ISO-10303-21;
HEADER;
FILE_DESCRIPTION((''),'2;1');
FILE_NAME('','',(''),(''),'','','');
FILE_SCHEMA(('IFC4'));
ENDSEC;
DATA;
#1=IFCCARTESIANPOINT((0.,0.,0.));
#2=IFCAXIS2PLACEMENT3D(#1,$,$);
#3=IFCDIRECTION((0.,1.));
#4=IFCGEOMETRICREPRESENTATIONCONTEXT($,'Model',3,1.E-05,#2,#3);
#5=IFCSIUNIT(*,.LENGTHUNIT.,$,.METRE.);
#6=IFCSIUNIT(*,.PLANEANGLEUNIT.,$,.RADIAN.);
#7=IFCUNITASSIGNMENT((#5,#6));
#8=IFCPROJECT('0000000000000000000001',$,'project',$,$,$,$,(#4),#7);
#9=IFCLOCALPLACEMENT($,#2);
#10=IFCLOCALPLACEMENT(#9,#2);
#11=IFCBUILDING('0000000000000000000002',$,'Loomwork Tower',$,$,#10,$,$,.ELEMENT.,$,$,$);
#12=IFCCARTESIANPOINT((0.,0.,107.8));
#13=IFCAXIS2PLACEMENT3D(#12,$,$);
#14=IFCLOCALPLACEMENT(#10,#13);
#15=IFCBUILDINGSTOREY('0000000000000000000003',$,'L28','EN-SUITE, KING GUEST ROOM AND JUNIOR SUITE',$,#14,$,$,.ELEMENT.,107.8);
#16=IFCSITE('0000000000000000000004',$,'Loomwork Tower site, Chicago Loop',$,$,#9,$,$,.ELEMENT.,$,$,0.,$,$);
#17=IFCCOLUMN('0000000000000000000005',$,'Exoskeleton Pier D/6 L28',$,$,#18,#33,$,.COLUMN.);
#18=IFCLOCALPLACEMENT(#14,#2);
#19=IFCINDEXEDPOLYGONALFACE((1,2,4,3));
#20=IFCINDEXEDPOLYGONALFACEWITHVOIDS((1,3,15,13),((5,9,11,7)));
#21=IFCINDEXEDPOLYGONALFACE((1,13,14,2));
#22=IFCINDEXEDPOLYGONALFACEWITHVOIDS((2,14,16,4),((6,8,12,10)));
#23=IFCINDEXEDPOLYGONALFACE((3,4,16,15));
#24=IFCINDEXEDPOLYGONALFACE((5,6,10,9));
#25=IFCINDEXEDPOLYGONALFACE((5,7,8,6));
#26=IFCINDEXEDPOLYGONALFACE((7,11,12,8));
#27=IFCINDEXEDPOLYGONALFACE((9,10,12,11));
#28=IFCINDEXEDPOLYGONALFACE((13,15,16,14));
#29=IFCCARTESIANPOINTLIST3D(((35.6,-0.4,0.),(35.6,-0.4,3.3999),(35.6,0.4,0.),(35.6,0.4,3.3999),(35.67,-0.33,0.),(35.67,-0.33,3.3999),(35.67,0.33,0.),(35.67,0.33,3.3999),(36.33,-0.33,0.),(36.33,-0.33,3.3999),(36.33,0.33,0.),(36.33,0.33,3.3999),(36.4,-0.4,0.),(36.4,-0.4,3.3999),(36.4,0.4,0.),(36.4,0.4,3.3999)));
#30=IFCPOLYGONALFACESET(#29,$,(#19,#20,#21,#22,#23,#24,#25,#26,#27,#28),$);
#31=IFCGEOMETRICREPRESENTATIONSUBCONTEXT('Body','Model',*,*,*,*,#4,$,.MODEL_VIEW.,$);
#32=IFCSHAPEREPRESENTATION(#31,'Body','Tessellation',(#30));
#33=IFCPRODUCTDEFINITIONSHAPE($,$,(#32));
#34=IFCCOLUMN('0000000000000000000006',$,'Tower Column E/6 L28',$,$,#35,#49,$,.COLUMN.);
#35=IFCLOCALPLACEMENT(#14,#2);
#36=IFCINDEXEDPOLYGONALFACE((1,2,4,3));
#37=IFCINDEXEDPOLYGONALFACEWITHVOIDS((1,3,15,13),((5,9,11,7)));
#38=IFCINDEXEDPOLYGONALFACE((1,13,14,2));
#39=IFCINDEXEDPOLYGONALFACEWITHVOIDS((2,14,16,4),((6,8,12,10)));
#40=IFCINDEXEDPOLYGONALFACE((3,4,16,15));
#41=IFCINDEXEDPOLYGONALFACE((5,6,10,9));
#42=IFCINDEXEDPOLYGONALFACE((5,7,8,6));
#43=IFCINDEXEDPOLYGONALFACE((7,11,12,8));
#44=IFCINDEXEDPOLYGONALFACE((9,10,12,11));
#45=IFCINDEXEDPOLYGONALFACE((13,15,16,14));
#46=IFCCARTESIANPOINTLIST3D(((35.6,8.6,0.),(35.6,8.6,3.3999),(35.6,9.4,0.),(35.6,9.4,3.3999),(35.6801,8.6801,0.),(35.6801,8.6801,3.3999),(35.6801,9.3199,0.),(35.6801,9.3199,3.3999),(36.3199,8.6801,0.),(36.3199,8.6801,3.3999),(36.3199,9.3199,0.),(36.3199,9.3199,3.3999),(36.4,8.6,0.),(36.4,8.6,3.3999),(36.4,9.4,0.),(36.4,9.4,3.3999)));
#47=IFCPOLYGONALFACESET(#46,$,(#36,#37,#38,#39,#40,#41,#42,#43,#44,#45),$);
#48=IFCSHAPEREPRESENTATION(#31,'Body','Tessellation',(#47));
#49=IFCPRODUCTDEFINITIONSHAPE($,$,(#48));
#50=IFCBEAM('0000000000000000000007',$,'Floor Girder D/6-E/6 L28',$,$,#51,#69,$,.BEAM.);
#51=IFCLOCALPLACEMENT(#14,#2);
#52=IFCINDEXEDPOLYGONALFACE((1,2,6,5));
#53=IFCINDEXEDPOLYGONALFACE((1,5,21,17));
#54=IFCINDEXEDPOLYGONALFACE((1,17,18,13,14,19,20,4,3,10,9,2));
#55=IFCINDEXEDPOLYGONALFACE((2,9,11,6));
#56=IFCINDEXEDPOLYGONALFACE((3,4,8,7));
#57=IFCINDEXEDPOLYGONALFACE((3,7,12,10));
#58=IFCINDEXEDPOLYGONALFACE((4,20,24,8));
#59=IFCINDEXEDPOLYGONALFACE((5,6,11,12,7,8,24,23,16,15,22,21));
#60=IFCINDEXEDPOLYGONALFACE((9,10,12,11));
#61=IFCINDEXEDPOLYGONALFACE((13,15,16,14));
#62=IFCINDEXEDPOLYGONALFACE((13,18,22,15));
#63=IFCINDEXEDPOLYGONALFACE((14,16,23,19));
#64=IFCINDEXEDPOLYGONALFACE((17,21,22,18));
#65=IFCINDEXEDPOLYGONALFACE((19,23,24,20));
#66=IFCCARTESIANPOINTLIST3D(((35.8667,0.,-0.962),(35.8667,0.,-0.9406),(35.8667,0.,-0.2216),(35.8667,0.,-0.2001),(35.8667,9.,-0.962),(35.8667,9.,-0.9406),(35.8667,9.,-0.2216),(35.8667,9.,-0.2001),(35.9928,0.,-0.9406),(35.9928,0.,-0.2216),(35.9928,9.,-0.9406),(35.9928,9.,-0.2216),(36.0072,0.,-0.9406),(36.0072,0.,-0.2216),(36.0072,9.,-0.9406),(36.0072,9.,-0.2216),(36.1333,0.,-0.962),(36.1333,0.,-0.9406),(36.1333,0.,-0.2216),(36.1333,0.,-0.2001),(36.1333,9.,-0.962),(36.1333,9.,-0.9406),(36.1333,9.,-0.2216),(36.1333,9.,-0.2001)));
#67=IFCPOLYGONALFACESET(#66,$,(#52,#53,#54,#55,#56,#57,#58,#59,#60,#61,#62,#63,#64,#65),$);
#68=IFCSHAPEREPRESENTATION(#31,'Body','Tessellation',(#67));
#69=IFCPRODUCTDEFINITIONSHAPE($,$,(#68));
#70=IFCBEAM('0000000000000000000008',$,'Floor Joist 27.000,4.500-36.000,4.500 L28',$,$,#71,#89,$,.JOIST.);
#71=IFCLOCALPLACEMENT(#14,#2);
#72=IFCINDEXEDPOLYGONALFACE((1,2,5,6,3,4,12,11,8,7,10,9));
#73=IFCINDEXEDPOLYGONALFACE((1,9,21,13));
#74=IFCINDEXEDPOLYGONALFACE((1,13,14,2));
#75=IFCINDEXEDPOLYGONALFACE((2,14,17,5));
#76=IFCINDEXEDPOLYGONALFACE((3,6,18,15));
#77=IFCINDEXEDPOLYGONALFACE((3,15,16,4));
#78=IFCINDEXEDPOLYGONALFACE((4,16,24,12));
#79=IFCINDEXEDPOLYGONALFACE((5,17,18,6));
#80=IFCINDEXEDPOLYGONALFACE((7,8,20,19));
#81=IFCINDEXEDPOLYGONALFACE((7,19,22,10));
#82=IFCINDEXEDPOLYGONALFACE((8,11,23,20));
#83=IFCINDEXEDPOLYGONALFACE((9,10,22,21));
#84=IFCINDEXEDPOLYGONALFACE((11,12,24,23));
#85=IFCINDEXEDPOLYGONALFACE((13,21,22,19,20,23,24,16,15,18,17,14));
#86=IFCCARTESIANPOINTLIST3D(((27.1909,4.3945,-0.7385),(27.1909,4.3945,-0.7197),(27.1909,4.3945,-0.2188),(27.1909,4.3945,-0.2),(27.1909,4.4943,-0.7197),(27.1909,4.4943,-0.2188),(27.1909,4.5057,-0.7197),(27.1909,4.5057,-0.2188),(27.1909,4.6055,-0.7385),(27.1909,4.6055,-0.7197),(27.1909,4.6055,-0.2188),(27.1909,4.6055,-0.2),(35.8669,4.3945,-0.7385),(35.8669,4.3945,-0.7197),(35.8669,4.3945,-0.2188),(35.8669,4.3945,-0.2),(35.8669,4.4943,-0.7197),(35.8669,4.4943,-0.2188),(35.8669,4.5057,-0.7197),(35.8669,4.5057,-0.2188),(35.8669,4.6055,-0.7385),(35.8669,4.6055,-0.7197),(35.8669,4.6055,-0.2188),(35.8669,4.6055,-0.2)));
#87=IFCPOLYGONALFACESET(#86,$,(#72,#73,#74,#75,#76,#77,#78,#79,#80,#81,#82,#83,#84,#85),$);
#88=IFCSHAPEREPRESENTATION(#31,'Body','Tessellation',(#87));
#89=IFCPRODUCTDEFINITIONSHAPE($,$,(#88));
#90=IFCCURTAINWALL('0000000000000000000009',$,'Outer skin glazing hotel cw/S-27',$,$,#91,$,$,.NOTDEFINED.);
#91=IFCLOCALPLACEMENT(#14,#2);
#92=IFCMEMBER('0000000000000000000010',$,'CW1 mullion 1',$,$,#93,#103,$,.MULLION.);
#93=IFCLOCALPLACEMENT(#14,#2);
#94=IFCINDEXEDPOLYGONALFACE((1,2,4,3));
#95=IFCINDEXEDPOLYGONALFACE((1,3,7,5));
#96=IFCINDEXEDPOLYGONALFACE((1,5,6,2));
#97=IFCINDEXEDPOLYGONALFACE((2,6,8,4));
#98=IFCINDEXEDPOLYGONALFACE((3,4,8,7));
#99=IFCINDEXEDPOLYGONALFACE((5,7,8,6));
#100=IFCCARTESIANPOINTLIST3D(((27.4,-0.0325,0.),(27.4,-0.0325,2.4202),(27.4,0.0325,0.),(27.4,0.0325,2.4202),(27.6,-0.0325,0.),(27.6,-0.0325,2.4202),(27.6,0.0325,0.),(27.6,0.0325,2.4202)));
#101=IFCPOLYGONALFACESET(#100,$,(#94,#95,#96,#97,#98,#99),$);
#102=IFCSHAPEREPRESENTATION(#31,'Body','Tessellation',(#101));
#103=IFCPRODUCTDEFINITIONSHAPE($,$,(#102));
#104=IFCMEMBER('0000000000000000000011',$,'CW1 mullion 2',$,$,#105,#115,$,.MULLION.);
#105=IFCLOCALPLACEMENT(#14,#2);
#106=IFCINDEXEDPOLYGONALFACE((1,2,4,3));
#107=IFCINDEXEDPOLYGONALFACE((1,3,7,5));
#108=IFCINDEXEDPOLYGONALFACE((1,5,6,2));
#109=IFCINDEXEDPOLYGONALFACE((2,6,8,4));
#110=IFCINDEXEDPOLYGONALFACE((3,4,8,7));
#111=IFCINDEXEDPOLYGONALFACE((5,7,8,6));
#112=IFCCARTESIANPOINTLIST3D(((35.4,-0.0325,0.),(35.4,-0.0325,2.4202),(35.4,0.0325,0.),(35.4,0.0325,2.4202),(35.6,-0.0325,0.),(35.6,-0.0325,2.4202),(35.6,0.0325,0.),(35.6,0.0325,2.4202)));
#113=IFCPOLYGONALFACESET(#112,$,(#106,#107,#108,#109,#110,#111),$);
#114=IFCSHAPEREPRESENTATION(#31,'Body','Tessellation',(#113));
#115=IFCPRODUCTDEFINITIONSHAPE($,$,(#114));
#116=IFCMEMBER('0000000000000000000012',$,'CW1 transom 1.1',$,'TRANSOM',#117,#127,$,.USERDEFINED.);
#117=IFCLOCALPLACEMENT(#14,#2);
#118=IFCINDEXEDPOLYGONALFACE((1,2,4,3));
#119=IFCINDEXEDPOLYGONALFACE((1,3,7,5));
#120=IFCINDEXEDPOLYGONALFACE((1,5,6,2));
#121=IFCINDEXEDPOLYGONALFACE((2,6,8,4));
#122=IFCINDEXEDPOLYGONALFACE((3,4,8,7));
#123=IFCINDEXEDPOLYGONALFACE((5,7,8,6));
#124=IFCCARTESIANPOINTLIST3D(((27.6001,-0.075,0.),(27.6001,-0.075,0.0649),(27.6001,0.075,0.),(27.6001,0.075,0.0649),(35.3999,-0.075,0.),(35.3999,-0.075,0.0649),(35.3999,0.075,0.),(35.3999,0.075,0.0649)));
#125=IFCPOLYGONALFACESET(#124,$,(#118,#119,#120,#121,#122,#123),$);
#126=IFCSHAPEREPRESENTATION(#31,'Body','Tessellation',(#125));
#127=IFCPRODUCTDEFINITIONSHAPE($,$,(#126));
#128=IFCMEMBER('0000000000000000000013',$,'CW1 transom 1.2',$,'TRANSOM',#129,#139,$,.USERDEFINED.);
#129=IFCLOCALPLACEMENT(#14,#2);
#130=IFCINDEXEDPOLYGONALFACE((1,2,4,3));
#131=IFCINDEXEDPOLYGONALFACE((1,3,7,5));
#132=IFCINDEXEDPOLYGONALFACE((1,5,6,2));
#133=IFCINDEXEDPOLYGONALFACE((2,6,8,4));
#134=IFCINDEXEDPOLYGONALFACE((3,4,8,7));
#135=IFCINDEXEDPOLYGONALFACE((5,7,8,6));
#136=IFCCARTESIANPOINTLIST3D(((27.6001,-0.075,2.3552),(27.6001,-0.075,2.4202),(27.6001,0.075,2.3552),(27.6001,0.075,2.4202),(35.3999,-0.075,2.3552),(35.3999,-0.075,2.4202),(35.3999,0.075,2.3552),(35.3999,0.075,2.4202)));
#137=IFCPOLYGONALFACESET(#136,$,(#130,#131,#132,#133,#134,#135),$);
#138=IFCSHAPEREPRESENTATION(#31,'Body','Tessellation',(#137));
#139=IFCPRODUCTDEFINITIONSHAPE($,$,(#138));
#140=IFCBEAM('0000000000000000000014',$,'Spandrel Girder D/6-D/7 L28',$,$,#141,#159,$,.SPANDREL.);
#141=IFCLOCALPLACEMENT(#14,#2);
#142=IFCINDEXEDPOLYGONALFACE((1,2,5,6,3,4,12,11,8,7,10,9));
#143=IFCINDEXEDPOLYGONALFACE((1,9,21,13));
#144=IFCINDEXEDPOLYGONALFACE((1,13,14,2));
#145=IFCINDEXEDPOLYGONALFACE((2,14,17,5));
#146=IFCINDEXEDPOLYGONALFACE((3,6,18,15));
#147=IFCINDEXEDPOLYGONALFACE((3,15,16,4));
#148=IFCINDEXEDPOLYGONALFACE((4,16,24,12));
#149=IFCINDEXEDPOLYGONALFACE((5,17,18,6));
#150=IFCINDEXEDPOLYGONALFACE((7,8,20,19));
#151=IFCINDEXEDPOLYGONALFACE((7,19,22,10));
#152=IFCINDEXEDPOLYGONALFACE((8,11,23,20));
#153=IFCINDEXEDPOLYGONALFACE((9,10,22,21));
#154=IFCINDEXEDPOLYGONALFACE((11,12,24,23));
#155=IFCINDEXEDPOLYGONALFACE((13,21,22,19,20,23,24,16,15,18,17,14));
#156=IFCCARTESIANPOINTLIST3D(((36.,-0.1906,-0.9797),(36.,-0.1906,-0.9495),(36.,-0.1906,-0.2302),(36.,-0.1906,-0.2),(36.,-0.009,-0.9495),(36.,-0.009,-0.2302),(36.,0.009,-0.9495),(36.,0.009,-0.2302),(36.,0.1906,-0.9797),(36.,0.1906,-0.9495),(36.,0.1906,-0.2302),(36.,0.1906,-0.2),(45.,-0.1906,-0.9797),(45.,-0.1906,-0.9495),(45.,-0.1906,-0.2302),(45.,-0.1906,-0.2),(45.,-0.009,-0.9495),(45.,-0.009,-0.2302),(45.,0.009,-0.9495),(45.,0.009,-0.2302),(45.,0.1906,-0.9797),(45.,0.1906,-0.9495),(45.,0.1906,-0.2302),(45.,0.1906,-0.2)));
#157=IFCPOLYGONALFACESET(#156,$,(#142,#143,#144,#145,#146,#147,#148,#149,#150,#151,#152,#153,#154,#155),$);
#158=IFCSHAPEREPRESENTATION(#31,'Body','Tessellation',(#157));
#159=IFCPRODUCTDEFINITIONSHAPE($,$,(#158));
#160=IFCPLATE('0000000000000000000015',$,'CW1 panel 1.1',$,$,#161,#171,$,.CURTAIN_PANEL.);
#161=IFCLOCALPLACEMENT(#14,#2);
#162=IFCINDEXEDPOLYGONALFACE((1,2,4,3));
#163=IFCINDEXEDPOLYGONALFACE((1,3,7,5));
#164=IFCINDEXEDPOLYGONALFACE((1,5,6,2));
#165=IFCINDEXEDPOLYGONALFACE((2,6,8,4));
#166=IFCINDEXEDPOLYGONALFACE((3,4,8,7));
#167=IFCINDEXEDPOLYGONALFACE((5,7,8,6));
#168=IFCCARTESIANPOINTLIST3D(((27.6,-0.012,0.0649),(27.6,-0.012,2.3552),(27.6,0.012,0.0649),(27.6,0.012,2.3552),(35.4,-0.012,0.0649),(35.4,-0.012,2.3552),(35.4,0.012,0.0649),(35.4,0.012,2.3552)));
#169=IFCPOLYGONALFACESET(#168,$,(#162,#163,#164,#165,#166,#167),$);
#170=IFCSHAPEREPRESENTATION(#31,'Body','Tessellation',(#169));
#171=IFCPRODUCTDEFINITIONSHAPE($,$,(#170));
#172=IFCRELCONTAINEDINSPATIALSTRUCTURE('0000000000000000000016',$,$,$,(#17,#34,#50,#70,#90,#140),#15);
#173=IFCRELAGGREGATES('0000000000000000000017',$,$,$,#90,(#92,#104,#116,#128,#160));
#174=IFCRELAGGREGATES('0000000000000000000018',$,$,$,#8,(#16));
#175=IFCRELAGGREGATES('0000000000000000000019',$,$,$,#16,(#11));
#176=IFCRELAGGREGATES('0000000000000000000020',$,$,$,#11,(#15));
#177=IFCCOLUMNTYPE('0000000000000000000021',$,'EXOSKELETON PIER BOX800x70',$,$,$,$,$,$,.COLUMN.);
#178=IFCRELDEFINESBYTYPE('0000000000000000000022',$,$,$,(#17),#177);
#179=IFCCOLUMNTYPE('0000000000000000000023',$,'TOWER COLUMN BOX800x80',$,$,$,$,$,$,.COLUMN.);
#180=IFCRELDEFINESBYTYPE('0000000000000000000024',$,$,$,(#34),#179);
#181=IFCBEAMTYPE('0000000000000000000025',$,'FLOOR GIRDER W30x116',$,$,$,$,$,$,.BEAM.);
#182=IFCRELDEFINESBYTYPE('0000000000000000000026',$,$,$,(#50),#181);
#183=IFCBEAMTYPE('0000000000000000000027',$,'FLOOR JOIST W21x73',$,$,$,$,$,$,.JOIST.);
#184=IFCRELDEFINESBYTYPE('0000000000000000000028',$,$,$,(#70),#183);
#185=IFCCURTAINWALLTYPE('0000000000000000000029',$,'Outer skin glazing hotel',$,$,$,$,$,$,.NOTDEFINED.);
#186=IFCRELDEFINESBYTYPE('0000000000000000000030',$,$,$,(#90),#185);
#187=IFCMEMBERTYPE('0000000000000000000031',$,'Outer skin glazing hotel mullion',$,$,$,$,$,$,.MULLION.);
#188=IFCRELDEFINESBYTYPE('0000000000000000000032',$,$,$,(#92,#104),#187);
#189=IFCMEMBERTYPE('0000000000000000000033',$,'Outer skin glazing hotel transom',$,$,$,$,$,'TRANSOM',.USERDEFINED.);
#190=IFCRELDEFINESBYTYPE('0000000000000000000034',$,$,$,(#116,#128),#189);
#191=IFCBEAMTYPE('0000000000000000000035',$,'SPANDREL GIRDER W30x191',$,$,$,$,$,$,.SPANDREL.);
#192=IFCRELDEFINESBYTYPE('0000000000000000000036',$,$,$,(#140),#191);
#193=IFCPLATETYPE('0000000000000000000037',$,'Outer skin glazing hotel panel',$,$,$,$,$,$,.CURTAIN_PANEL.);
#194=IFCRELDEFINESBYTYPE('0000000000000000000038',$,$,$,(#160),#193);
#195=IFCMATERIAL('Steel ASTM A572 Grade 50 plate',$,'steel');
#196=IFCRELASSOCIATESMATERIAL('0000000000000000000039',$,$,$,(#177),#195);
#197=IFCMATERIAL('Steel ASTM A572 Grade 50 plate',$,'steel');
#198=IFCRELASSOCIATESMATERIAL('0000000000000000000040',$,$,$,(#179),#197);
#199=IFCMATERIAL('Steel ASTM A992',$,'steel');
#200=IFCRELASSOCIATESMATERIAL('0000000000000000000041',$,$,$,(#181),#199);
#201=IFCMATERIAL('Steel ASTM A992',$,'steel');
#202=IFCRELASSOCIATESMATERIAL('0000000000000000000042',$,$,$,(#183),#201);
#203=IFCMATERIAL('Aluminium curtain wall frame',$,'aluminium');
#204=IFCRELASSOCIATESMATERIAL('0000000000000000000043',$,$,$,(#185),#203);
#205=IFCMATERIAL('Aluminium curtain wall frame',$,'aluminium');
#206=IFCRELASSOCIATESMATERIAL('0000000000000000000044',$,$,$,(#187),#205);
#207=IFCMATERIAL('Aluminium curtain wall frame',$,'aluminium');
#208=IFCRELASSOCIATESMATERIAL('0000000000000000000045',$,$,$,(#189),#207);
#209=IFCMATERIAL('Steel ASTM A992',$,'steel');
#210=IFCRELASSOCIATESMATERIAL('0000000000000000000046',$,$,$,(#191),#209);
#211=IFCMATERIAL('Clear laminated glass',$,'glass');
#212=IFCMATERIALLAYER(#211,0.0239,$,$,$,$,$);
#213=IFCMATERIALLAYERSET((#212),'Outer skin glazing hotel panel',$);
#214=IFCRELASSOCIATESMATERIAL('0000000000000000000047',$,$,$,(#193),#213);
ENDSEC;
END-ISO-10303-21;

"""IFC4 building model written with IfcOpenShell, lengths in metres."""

from ifc_helpers import new_model, si_unit, direction, frame, origin, origin_2d, place, context, subcontext, project, spatial, rectangle, hollow_rectangle, i_section, extrude, material, layer, layer_set, material_profile, profile_set, type_object, element, aggregate, save


model = new_model("IFC4")

# Units and contexts
model_context = context("Model", 3, precision=1e-05, world=origin(), true_north=direction((0.0, 1.0)))
body_context = subcontext(model_context, "Body", "Model", "MODEL_VIEW")
ifc_project = project(units=[si_unit("LENGTHUNIT", "METRE"), si_unit("PLANEANGLEUNIT", "RADIAN")], contexts=[model_context])

# Site, building, storey
site_placement = place(None, origin())
site = spatial("IfcSite", under=ifc_project, at=site_placement, Name="Loomwork Tower site, Chicago Loop", CompositionType="ELEMENT", RefElevation=0.0)
building_placement = place(site_placement, origin())
building = spatial("IfcBuilding", under=site, at=building_placement, Name="Loomwork Tower", CompositionType="ELEMENT")
storey_placement = place(building_placement, frame((0.0, 0.0, 107.8)))
storey = spatial("IfcBuildingStorey", under=building, at=storey_placement, Name="L28", Description="EN-SUITE, KING GUEST ROOM AND JUNIOR SUITE", CompositionType="ELEMENT", Elevation=107.8)

# Columns
ifc_material_1 = material(Name="Steel ASTM A572 Grade 50 plate", Category="steel")
ifc_material_profile_1 = material_profile(ifc_material_1, hollow_rectangle(XDim=0.8, YDim=0.8, WallThickness=0.0701, at=origin_2d()), Name="BOX800x70")
ifc_profile_set_1 = profile_set([ifc_material_profile_1], Name="Steel ASTM A572 Grade 50 plate")
column_type_1 = type_object("IfcColumnType", Name="EXOSKELETON PIER BOX800x70", PredefinedType="COLUMN", material=ifc_profile_set_1)
column_1_placement = place(storey_placement, frame((36.0, 0.0, 0.0), z_axis=(0.0, 0.0, 1.0), x_axis=(1.0, 0.0, 0.0)))
element("IfcColumn", 1, at=column_1_placement, inside=storey, type_object=column_type_1, Name="Exoskeleton Pier D/6 L28", PredefinedType="COLUMN", context=body_context, shape_type="SweptSolid", body=[
    extrude(hollow_rectangle(XDim=0.8, YDim=0.8, WallThickness=0.0701, at=origin_2d()), origin(), (0.0, 0.0, 1.0), 3.3999),
])
ifc_material_2 = material(Name="Steel ASTM A572 Grade 50 plate", Category="steel")
ifc_material_profile_2 = material_profile(ifc_material_2, hollow_rectangle(XDim=0.8, YDim=0.8, WallThickness=0.0801, at=origin_2d()), Name="BOX800x80")
ifc_profile_set_2 = profile_set([ifc_material_profile_2], Name="Steel ASTM A572 Grade 50 plate")
column_type_2 = type_object("IfcColumnType", Name="TOWER COLUMN BOX800x80", PredefinedType="COLUMN", material=ifc_profile_set_2)
column_2_placement = place(storey_placement, frame((36.0, 9.0, 0.0), z_axis=(0.0, 0.0, 1.0), x_axis=(0.0, 1.0, 0.0)))
element("IfcColumn", 2, at=column_2_placement, inside=storey, type_object=column_type_2, Name="Tower Column E/6 L28", PredefinedType="COLUMN", context=body_context, shape_type="SweptSolid", body=[
    extrude(hollow_rectangle(XDim=0.8, YDim=0.8, WallThickness=0.0801, at=origin_2d()), origin(), (0.0, 0.0, 1.0), 3.3999),
])

# Beams
ifc_material_3 = material(Name="Steel ASTM A992", Category="steel")
ifc_material_profile_3 = material_profile(ifc_material_3, i_section(OverallWidth=0.2666, OverallDepth=0.762, WebThickness=0.0144, FlangeThickness=0.0215, at=origin_2d()), Name="W30x116")
ifc_profile_set_3 = profile_set([ifc_material_profile_3], Name="Steel ASTM A992")
beam_type_1 = type_object("IfcBeamType", Name="FLOOR GIRDER W30x116", PredefinedType="BEAM", material=ifc_profile_set_3)
beam_1_placement = place(storey_placement, frame((36.0, 0.0, -0.5811), z_axis=(0.0, 1.0, 0.0), x_axis=(-1.0, 0.0, 0.0)))
element("IfcBeam", 3, at=beam_1_placement, inside=storey, type_object=beam_type_1, Name="Floor Girder D/6-E/6 L28", PredefinedType="BEAM", context=body_context, shape_type="SweptSolid", body=[
    extrude(i_section(OverallWidth=0.2666, OverallDepth=0.762, WebThickness=0.0144, FlangeThickness=0.0215, at=origin_2d()), origin(), (0.0, 0.0, 1.0), 9.0),
])
ifc_material_4 = material(Name="Steel ASTM A992", Category="steel")
ifc_material_profile_4 = material_profile(ifc_material_4, i_section(OverallWidth=0.2109, OverallDepth=0.5386, WebThickness=0.0115, FlangeThickness=0.0188, at=origin_2d()), Name="W21x73")
ifc_profile_set_4 = profile_set([ifc_material_profile_4], Name="Steel ASTM A992")
beam_type_2 = type_object("IfcBeamType", Name="FLOOR JOIST W21x73", PredefinedType="JOIST", material=ifc_profile_set_4)
beam_2_placement = place(storey_placement, frame((27.1909, 4.5, -0.4692), z_axis=(1.0, 0.0, 0.0), x_axis=(0.0, 1.0, 0.0)))
element("IfcBeam", 4, at=beam_2_placement, inside=storey, type_object=beam_type_2, Name="Floor Joist 27.000,4.500-36.000,4.500 L28", PredefinedType="JOIST", context=body_context, shape_type="SweptSolid", body=[
    extrude(i_section(OverallWidth=0.2109, OverallDepth=0.5386, WebThickness=0.0115, FlangeThickness=0.0188, at=origin_2d()), origin(), (0.0, 0.0, 1.0), 8.676),
])

# Curtain wall, members
ifc_material_5 = material(Name="Aluminium curtain wall frame", Category="aluminium")
curtain_wall_type = type_object("IfcCurtainWallType", Name="Outer skin glazing hotel", PredefinedType="NOTDEFINED", material=ifc_material_5)
curtain_wall_placement = place(storey_placement, origin())
curtain_wall = element("IfcCurtainWall", 5, at=curtain_wall_placement, inside=storey, type_object=curtain_wall_type, Name="Outer skin glazing hotel cw/S-27", PredefinedType="NOTDEFINED")
ifc_material_6 = material(Name="Aluminium curtain wall frame", Category="aluminium")
ifc_material_profile_5 = material_profile(ifc_material_6, rectangle(XDim=0.0649, YDim=0.2, at=origin_2d()), Name="AL 65x200")
ifc_profile_set_5 = profile_set([ifc_material_profile_5], Name="Aluminium curtain wall frame")
member_type_1 = type_object("IfcMemberType", Name="Outer skin glazing hotel mullion", PredefinedType="MULLION", material=ifc_profile_set_5)
member_1_placement = place(storey_placement, frame((27.5, 0.0, 0.0), z_axis=(0.0, 0.0, 1.0), x_axis=(0.0, 1.0, 0.0)))
member_1 = element("IfcMember", 6, at=member_1_placement, type_object=member_type_1, Name="CW1 mullion 1", PredefinedType="MULLION", context=body_context, shape_type="SweptSolid", body=[
    extrude(rectangle(XDim=0.0649, YDim=0.2, at=origin_2d()), origin(), (0.0, 0.0, 1.0), 2.4202),
])
member_2_placement = place(storey_placement, frame((35.5, 0.0, 0.0), z_axis=(0.0, 0.0, 1.0), x_axis=(0.0, 1.0, 0.0)))
member_2 = element("IfcMember", 7, at=member_2_placement, type_object=member_type_1, Name="CW1 mullion 2", PredefinedType="MULLION", context=body_context, shape_type="SweptSolid", body=[
    extrude(rectangle(XDim=0.0649, YDim=0.2, at=origin_2d()), origin(), (0.0, 0.0, 1.0), 2.4202),
])
ifc_material_7 = material(Name="Aluminium curtain wall frame", Category="aluminium")
ifc_material_profile_6 = material_profile(ifc_material_7, rectangle(XDim=0.1499, YDim=0.0649, at=origin_2d()), Name="AL 65x150")
ifc_profile_set_6 = profile_set([ifc_material_profile_6], Name="Aluminium curtain wall frame")
member_type_2 = type_object("IfcMemberType", Name="Outer skin glazing hotel transom", ElementType="TRANSOM", PredefinedType="USERDEFINED", material=ifc_profile_set_6)
member_3_placement = place(storey_placement, frame((27.6001, 0.0, 0.0325), z_axis=(1.0, 0.0, 0.0), x_axis=(0.0, 1.0, 0.0)))
member_3 = element("IfcMember", 8, at=member_3_placement, type_object=member_type_2, Name="CW1 transom 1.1", ObjectType="TRANSOM", PredefinedType="USERDEFINED", context=body_context, shape_type="SweptSolid", body=[
    extrude(rectangle(XDim=0.1499, YDim=0.0649, at=origin_2d()), origin(), (0.0, 0.0, 1.0), 7.7998),
])
member_4_placement = place(storey_placement, frame((27.6001, 0.0, 2.3877), z_axis=(1.0, 0.0, 0.0), x_axis=(0.0, 1.0, 0.0)))
member_4 = element("IfcMember", 9, at=member_4_placement, type_object=member_type_2, Name="CW1 transom 1.2", ObjectType="TRANSOM", PredefinedType="USERDEFINED", context=body_context, shape_type="SweptSolid", body=[
    extrude(rectangle(XDim=0.1499, YDim=0.0649, at=origin_2d()), origin(), (0.0, 0.0, 1.0), 7.7998),
])

# Beam
ifc_material_8 = material(Name="Steel ASTM A992", Category="steel")
ifc_material_profile_7 = material_profile(ifc_material_8, i_section(OverallWidth=0.3811, OverallDepth=0.7798, WebThickness=0.0181, FlangeThickness=0.0303, at=origin_2d()), Name="W30x191")
ifc_profile_set_7 = profile_set([ifc_material_profile_7], Name="Steel ASTM A992")
beam_type_3 = type_object("IfcBeamType", Name="SPANDREL GIRDER W30x191", PredefinedType="SPANDREL", material=ifc_profile_set_7)
beam_3_placement = place(storey_placement, frame((36.0, 0.0, -0.5898), z_axis=(1.0, 0.0, 0.0), x_axis=(0.0, 1.0, 0.0)))
element("IfcBeam", 10, at=beam_3_placement, inside=storey, type_object=beam_type_3, Name="Spandrel Girder D/6-D/7 L28", PredefinedType="SPANDREL", context=body_context, shape_type="SweptSolid", body=[
    extrude(i_section(OverallWidth=0.3811, OverallDepth=0.7798, WebThickness=0.0181, FlangeThickness=0.0303, at=origin_2d()), origin(), (0.0, 0.0, 1.0), 9.0),
])

# Plate
ifc_material_9 = material(Name="Clear laminated glass", Category="glass")
ifc_layer_1 = layer(ifc_material_9, 0.0239)
ifc_layer_set_1 = layer_set([ifc_layer_1], Name="Outer skin glazing hotel panel")
plate_type = type_object("IfcPlateType", Name="Outer skin glazing hotel panel", PredefinedType="CURTAIN_PANEL", material=ifc_layer_set_1)
plate_placement = place(storey_placement, frame((31.5, 0.0, 0.0649), z_axis=(0.0, 0.0, 1.0), x_axis=(1.0, 0.0, 0.0)))
plate = element("IfcPlate", 11, at=plate_placement, type_object=plate_type, Name="CW1 panel 1.1", PredefinedType="CURTAIN_PANEL", context=body_context, shape_type="SweptSolid", body=[
    extrude(rectangle(XDim=7.8, YDim=0.0239, at=origin_2d()), origin(), (0.0, 0.0, 1.0), 2.2903),
])
aggregate(curtain_wall, [member_1, member_2, member_3, member_4, plate])

save(model, "model.ifc")
